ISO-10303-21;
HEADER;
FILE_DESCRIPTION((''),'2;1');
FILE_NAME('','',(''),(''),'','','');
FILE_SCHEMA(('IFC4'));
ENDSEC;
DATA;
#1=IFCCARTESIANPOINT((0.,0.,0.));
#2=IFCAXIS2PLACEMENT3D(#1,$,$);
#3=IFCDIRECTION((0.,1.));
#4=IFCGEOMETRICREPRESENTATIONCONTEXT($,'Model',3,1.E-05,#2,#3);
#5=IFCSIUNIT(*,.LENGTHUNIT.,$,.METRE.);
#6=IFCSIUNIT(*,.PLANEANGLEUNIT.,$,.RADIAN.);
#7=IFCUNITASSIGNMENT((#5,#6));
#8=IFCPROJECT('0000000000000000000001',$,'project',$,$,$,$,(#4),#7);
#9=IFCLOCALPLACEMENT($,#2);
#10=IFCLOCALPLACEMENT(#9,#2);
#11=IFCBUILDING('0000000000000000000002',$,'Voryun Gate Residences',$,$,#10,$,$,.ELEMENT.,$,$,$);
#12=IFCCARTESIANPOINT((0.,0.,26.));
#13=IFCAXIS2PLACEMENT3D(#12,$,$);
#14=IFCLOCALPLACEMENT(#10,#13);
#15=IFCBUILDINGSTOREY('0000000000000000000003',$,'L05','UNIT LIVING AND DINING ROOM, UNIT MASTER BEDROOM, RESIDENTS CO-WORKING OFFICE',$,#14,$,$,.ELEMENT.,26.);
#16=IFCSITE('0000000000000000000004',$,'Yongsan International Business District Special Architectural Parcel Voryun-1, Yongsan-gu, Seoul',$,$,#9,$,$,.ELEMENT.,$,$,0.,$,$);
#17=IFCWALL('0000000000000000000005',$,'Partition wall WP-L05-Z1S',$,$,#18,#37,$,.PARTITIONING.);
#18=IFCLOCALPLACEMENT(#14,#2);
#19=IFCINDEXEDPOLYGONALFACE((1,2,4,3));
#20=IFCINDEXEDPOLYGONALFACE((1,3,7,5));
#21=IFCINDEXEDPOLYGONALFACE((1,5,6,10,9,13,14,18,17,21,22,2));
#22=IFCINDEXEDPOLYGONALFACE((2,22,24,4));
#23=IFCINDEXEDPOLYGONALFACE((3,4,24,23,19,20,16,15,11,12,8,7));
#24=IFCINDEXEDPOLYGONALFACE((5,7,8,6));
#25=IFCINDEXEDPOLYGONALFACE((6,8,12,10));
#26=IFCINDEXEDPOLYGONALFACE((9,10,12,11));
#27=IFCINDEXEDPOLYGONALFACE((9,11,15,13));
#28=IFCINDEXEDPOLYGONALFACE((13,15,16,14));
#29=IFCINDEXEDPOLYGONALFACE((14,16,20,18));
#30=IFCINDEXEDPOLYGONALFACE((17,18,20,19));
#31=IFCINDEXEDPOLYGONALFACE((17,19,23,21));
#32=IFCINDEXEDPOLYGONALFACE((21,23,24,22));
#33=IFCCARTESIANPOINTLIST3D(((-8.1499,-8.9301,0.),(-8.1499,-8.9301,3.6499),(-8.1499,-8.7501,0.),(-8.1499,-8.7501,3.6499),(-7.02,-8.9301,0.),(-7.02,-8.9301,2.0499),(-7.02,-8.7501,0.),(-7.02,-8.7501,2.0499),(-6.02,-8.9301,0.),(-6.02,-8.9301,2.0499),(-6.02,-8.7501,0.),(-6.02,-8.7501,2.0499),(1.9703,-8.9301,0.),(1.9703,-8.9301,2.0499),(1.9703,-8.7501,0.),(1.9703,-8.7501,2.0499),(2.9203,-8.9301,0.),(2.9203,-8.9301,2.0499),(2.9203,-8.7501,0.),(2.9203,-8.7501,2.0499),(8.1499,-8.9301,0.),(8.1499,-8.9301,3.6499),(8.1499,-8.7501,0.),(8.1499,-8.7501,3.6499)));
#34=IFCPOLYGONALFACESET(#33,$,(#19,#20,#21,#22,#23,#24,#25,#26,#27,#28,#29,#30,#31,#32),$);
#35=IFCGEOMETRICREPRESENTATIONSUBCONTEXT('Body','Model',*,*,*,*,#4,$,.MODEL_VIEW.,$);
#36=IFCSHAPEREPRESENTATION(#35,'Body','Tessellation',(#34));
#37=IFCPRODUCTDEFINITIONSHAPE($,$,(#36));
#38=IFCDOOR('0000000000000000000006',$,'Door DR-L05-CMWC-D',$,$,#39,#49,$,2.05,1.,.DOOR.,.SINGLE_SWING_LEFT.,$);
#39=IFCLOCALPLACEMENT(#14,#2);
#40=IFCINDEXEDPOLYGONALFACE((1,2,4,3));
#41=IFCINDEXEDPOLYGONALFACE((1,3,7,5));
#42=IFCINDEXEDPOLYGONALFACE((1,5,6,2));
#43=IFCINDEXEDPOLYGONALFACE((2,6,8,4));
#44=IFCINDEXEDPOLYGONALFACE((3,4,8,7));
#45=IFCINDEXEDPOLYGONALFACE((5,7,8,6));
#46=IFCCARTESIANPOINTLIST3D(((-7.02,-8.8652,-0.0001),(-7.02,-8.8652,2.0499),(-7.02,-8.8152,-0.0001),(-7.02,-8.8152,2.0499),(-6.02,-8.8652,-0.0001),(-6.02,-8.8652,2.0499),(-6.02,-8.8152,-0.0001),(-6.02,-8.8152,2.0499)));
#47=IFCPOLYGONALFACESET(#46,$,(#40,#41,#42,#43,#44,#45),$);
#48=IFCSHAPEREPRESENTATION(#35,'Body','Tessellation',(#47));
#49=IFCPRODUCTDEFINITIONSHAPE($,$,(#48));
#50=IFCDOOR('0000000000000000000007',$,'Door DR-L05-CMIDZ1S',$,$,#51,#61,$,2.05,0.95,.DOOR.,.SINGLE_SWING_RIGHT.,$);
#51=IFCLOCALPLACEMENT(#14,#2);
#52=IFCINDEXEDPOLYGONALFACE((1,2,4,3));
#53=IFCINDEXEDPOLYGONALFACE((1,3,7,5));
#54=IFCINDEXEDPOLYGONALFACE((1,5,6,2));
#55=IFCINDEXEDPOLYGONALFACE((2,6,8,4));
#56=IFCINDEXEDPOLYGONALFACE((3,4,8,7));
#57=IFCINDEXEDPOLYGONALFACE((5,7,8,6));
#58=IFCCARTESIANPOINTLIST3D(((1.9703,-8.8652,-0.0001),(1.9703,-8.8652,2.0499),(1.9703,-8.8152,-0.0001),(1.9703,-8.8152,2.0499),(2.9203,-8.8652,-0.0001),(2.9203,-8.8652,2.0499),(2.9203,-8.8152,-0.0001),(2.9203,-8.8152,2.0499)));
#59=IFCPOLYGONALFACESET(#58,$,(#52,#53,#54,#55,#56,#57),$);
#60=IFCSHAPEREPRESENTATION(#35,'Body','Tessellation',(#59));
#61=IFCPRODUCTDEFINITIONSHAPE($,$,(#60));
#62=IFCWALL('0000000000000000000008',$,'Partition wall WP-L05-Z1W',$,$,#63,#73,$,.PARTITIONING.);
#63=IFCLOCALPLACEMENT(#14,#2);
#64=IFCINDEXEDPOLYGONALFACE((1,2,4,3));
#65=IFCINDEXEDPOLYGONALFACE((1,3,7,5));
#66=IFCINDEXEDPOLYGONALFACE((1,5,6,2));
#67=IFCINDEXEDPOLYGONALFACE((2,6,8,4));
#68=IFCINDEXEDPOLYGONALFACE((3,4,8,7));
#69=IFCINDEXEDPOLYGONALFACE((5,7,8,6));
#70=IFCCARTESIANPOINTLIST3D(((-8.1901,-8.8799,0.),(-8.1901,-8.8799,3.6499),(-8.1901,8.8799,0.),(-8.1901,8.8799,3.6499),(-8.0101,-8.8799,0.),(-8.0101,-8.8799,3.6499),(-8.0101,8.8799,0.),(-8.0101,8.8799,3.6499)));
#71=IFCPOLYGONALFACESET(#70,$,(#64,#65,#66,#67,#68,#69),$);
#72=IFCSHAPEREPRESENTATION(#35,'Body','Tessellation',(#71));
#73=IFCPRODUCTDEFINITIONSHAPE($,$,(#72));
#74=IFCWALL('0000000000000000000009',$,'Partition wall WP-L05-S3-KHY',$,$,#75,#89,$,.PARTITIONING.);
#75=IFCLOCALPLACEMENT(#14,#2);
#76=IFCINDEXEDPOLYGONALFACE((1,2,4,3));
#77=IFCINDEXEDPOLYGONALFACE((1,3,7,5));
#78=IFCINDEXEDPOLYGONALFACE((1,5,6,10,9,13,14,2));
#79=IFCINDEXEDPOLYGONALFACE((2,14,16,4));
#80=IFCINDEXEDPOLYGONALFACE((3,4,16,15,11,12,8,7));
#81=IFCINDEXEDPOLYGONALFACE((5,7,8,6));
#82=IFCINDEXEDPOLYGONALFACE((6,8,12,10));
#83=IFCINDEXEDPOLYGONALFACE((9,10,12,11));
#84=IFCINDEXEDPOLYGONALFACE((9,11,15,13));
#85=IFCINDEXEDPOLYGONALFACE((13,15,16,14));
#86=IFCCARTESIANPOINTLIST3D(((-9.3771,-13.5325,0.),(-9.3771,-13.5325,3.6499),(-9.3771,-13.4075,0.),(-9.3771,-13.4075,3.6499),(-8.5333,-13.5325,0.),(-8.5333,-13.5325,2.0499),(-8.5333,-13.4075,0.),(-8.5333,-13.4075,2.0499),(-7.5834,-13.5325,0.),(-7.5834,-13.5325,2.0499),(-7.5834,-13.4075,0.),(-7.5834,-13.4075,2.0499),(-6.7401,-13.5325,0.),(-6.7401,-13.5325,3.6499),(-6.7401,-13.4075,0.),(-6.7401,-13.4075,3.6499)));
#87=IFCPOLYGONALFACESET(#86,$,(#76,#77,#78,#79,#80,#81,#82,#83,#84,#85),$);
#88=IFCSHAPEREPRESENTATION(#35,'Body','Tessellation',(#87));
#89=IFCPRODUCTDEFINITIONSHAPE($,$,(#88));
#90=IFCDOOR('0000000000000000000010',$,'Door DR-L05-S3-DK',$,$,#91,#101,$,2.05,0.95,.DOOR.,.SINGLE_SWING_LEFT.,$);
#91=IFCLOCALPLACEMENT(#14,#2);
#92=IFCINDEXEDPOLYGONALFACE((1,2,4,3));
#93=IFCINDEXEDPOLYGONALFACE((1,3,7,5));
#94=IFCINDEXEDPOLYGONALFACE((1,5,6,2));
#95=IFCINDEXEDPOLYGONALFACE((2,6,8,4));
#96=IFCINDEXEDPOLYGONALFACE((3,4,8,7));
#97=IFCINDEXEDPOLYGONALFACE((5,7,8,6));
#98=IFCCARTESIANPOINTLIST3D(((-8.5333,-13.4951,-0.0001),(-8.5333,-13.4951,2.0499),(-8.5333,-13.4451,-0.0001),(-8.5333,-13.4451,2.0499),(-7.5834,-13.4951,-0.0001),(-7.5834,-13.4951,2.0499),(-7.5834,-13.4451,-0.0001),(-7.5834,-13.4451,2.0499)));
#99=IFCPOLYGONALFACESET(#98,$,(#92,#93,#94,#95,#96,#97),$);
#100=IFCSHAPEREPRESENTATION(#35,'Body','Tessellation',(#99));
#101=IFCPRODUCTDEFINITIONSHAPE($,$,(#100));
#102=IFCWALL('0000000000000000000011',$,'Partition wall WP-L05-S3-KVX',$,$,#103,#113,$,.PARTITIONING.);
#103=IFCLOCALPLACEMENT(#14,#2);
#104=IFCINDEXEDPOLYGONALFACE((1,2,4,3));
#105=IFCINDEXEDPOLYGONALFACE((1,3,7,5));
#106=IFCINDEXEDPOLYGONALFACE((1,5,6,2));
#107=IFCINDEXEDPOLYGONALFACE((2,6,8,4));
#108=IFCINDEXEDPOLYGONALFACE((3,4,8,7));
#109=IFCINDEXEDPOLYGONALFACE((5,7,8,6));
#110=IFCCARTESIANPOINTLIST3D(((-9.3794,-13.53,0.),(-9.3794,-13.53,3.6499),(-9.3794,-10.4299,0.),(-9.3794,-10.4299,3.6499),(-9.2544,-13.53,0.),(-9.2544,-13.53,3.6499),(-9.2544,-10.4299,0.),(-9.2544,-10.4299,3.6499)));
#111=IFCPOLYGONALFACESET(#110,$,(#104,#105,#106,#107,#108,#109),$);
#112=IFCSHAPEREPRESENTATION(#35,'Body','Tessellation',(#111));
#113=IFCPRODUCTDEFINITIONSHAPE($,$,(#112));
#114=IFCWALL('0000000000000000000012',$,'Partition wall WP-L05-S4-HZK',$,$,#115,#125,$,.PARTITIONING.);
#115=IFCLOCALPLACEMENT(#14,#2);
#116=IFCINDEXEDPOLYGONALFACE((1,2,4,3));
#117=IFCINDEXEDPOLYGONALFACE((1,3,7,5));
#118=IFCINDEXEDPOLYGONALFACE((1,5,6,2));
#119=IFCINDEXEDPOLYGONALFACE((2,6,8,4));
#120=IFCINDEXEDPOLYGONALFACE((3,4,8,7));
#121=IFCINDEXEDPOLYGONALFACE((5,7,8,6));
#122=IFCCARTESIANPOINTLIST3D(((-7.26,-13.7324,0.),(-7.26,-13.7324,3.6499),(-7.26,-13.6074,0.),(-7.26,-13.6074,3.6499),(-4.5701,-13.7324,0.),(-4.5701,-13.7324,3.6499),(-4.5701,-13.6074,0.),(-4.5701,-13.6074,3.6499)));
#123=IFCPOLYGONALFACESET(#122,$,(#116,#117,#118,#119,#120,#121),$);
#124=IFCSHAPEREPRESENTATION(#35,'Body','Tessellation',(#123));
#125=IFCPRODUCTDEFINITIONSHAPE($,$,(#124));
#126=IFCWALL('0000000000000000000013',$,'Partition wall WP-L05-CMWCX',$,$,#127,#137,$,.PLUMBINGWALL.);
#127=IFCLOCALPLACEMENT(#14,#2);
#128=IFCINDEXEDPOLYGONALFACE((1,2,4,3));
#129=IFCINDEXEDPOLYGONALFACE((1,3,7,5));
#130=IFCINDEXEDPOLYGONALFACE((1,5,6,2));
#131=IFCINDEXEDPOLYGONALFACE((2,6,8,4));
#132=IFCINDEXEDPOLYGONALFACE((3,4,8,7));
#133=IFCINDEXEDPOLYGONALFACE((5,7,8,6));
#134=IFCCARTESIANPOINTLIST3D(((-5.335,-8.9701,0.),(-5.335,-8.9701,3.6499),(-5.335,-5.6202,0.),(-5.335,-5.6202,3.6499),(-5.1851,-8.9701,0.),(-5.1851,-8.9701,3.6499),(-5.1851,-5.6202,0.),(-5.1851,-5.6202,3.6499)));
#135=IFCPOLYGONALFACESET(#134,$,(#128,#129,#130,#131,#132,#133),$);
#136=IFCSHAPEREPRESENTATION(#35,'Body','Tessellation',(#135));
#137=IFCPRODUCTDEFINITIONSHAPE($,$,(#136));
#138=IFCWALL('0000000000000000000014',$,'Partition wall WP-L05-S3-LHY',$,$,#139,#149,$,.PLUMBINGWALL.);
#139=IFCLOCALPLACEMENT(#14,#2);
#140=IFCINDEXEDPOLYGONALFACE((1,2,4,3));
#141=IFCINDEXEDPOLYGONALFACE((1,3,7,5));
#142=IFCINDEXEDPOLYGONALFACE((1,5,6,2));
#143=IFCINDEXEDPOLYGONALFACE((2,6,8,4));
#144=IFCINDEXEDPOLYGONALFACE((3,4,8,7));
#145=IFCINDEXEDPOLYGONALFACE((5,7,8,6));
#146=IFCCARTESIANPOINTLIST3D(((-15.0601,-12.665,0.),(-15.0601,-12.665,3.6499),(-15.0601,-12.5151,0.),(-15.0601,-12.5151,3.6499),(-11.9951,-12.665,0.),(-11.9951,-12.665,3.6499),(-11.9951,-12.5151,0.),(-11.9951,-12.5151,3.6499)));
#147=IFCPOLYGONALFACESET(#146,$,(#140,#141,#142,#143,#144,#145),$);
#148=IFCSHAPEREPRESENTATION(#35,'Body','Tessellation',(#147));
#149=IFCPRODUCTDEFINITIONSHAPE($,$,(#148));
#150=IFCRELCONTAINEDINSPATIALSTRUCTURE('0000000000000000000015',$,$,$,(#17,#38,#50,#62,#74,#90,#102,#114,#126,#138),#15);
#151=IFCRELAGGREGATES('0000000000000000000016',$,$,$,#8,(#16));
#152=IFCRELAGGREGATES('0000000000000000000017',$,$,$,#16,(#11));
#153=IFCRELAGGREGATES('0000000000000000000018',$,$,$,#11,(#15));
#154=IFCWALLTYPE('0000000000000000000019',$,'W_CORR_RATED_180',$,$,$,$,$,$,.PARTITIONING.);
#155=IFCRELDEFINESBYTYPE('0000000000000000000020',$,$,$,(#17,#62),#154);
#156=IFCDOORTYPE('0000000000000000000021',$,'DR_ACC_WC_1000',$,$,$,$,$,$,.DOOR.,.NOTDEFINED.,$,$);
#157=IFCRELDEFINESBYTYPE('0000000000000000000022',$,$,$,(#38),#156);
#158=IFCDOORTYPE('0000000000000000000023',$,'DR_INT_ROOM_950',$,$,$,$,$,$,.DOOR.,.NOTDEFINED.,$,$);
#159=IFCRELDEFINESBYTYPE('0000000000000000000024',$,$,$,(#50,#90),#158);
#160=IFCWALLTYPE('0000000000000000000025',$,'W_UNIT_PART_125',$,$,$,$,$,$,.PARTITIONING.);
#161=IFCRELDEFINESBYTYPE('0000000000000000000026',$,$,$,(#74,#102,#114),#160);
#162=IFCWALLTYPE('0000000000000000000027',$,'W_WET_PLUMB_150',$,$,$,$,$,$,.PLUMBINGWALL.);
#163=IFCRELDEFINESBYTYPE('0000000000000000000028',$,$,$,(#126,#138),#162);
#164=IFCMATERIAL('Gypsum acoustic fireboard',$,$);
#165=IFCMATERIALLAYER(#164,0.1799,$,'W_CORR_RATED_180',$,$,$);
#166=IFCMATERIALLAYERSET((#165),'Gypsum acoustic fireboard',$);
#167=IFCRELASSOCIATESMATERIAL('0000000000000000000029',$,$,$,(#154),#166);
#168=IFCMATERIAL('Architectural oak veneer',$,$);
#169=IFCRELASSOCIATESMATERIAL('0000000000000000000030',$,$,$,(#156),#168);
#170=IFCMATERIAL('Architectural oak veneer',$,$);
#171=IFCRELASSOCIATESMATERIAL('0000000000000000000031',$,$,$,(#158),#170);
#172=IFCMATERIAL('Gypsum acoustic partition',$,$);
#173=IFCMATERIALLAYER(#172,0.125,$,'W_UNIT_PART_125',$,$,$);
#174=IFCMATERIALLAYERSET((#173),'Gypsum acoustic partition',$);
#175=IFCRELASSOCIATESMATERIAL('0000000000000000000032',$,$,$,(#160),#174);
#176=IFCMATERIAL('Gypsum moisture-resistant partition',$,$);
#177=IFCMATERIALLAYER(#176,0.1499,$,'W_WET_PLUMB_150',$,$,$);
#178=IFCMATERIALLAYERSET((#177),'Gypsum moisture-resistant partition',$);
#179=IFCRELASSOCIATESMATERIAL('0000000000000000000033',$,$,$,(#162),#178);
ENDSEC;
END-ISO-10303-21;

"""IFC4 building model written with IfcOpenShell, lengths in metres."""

from ifc_helpers import new_model, si_unit, direction, frame, frame_2d, origin, place, context, subcontext, project, spatial, rectangle, extrude, material, layer, layer_set, type_object, element, fill, save


model = new_model("IFC4")

# Units and contexts
model_context = context("Model", 3, precision=1e-05, world=origin(), true_north=direction((0.0, 1.0)))
body_context = subcontext(model_context, "Body", "Model", "MODEL_VIEW")
ifc_project = project(units=[si_unit("LENGTHUNIT", "METRE"), si_unit("PLANEANGLEUNIT", "RADIAN")], contexts=[model_context])

# Site, building, storey
site_placement = place(None, origin())
site = spatial("IfcSite", under=ifc_project, at=site_placement, Name="Yongsan International Business District Special Architectural Parcel Voryun-1, Yongsan-gu, Seoul", CompositionType="ELEMENT", RefElevation=0.0)
building_placement = place(site_placement, origin())
building = spatial("IfcBuilding", under=site, at=building_placement, Name="Voryun Gate Residences", CompositionType="ELEMENT")
storey_placement = place(building_placement, frame((0.0, 0.0, 26.0)))
storey = spatial("IfcBuildingStorey", under=building, at=storey_placement, Name="L05", Description="UNIT LIVING AND DINING ROOM, UNIT MASTER BEDROOM, RESIDENTS CO-WORKING OFFICE", CompositionType="ELEMENT", Elevation=26.0)

# Shared definitions
ifc_material_1 = material(Name="Gypsum acoustic fireboard")
ifc_layer_1 = layer(ifc_material_1, 0.1799, Name="W_CORR_RATED_180")
ifc_layer_set_1 = layer_set([ifc_layer_1], Name="Gypsum acoustic fireboard")
wall_type_1 = type_object("IfcWallType", Name="W_CORR_RATED_180", PredefinedType="PARTITIONING", material=ifc_layer_set_1)

# Wall, openings, doors
wall_1_placement = place(storey_placement, frame((-8.1499, -8.8401, 0.0), z_axis=(0.0, 0.0, 1.0), x_axis=(1.0, 0.0, 0.0)))
wall_1 = element("IfcWall", 1, at=wall_1_placement, inside=storey, type_object=wall_type_1, Name="Partition wall WP-L05-Z1S", PredefinedType="PARTITIONING", context=body_context, shape_type="SweptSolid", body=[
    extrude(rectangle(XDim=16.2998, YDim=0.1799, at=frame_2d((8.1499, 0.0))), origin(), (0.0, 0.0, 1.0), 3.6499),
])
opening_1_placement = place(wall_1_placement, frame((1.1299, 0.0, 0.0)))
opening_1 = element("IfcOpeningElement", 2, at=opening_1_placement, cuts=wall_1, PredefinedType="OPENING", context=body_context, shape_type="SweptSolid", body=[
    extrude(rectangle(XDim=1.0, YDim=2.05, at=frame_2d((0.5, 1.0249))), frame((0.0, 0.0999, 0.0), z_axis=(0.0, -1.0, 0.0), x_axis=(1.0, 0.0, 0.0)), (0.0, 0.0, 1.0), 0.2),
])
opening_2_placement = place(wall_1_placement, frame((10.1201, 0.0, 0.0)))
opening_2 = element("IfcOpeningElement", 3, at=opening_2_placement, cuts=wall_1, PredefinedType="OPENING", context=body_context, shape_type="SweptSolid", body=[
    extrude(rectangle(XDim=0.95, YDim=2.05, at=frame_2d((0.4751, 1.0249))), frame((0.0, 0.0999, 0.0), z_axis=(0.0, -1.0, 0.0), x_axis=(1.0, 0.0, 0.0)), (0.0, 0.0, 1.0), 0.2),
])
ifc_material_2 = material(Name="Architectural oak veneer")
door_type_1 = type_object("IfcDoorType", Name="DR_ACC_WC_1000", OperationType="NOTDEFINED", PredefinedType="DOOR", material=ifc_material_2)
door_1_placement = place(opening_1_placement, origin())
door_1 = element("IfcDoor", 4, at=door_1_placement, inside=storey, type_object=door_type_1, Name="Door DR-L05-CMWC-D", OperationType="SINGLE_SWING_LEFT", OverallHeight=2.05, OverallWidth=1.0, PredefinedType="DOOR", context=body_context, shape_type="SweptSolid", body=[
    extrude(rectangle(XDim=1.0, YDim=2.05, at=frame_2d((0.5, 1.0249))), frame((0.0, 0.0249, 0.0), z_axis=(0.0, -1.0, 0.0), x_axis=(1.0, 0.0, 0.0)), (0.0, 0.0, 1.0), 0.05),
])
fill(opening_1, door_1)
ifc_material_3 = material(Name="Architectural oak veneer")
door_type_2 = type_object("IfcDoorType", Name="DR_INT_ROOM_950", OperationType="NOTDEFINED", PredefinedType="DOOR", material=ifc_material_3)
door_2_placement = place(opening_2_placement, origin())
door_2 = element("IfcDoor", 5, at=door_2_placement, inside=storey, type_object=door_type_2, Name="Door DR-L05-CMIDZ1S", OperationType="SINGLE_SWING_RIGHT", OverallHeight=2.05, OverallWidth=0.95, PredefinedType="DOOR", context=body_context, shape_type="SweptSolid", body=[
    extrude(rectangle(XDim=0.95, YDim=2.05, at=frame_2d((0.4751, 1.0249))), frame((0.0, 0.0249, 0.0), z_axis=(0.0, -1.0, 0.0), x_axis=(1.0, 0.0, 0.0)), (0.0, 0.0, 1.0), 0.05),
])
fill(opening_2, door_2)

# Wall
wall_2_placement = place(storey_placement, frame((-8.1001, -8.8799, 0.0), z_axis=(0.0, 0.0, 1.0), x_axis=(0.0, 1.0, 0.0)))
element("IfcWall", 6, at=wall_2_placement, inside=storey, type_object=wall_type_1, Name="Partition wall WP-L05-Z1W", PredefinedType="PARTITIONING", context=body_context, shape_type="SweptSolid", body=[
    extrude(rectangle(XDim=17.7598, YDim=0.1799, at=frame_2d((8.8799, 0.0))), origin(), (0.0, 0.0, 1.0), 3.6499),
])

# Wall, opening, door
ifc_material_4 = material(Name="Gypsum acoustic partition")
ifc_layer_2 = layer(ifc_material_4, 0.125, Name="W_UNIT_PART_125")
ifc_layer_set_2 = layer_set([ifc_layer_2], Name="Gypsum acoustic partition")
wall_type_2 = type_object("IfcWallType", Name="W_UNIT_PART_125", PredefinedType="PARTITIONING", material=ifc_layer_set_2)
wall_3_placement = place(storey_placement, frame((-9.377, -13.47, 0.0), z_axis=(0.0, 0.0, 1.0), x_axis=(1.0, 0.0, 0.0)))
wall_3 = element("IfcWall", 7, at=wall_3_placement, inside=storey, type_object=wall_type_2, Name="Partition wall WP-L05-S3-KHY", PredefinedType="PARTITIONING", context=body_context, shape_type="SweptSolid", body=[
    extrude(rectangle(XDim=2.637, YDim=0.125, at=frame_2d((1.3184, 0.0))), origin(), (0.0, 0.0, 1.0), 3.6499),
])
opening_3_placement = place(wall_3_placement, frame((0.8435, 0.0, 0.0)))
opening_3 = element("IfcOpeningElement", 8, at=opening_3_placement, cuts=wall_3, PredefinedType="OPENING", context=body_context, shape_type="SweptSolid", body=[
    extrude(rectangle(XDim=0.95, YDim=2.05, at=frame_2d((0.4751, 1.0249))), frame((0.0, 0.0725, 0.0), z_axis=(0.0, -1.0, 0.0), x_axis=(1.0, 0.0, 0.0)), (0.0, 0.0, 1.0), 0.145),
])
door_3_placement = place(opening_3_placement, origin())
door_3 = element("IfcDoor", 9, at=door_3_placement, inside=storey, type_object=door_type_2, Name="Door DR-L05-S3-DK", OperationType="SINGLE_SWING_LEFT", OverallHeight=2.05, OverallWidth=0.95, PredefinedType="DOOR", context=body_context, shape_type="SweptSolid", body=[
    extrude(rectangle(XDim=0.95, YDim=2.05, at=frame_2d((0.4751, 1.0249))), frame((0.0, 0.0249, 0.0), z_axis=(0.0, -1.0, 0.0), x_axis=(1.0, 0.0, 0.0)), (0.0, 0.0, 1.0), 0.05),
])
fill(opening_3, door_3)

# Walls
wall_4_placement = place(storey_placement, frame((-9.3169, -13.53, 0.0), z_axis=(0.0, 0.0, 1.0), x_axis=(0.0, 1.0, 0.0)))
element("IfcWall", 10, at=wall_4_placement, inside=storey, type_object=wall_type_2, Name="Partition wall WP-L05-S3-KVX", PredefinedType="PARTITIONING", context=body_context, shape_type="SweptSolid", body=[
    extrude(rectangle(XDim=3.1001, YDim=0.125, at=frame_2d((1.55, 0.0))), origin(), (0.0, 0.0, 1.0), 3.6499),
])
wall_5_placement = place(storey_placement, frame((-7.26, -13.6699, 0.0), z_axis=(0.0, 0.0, 1.0), x_axis=(1.0, 0.0, 0.0)))
element("IfcWall", 11, at=wall_5_placement, inside=storey, type_object=wall_type_2, Name="Partition wall WP-L05-S4-HZK", PredefinedType="PARTITIONING", context=body_context, shape_type="SweptSolid", body=[
    extrude(rectangle(XDim=2.6899, YDim=0.125, at=frame_2d((1.345, 0.0))), origin(), (0.0, 0.0, 1.0), 3.6499),
])
ifc_material_5 = material(Name="Gypsum moisture-resistant partition")
ifc_layer_3 = layer(ifc_material_5, 0.1499, Name="W_WET_PLUMB_150")
ifc_layer_set_3 = layer_set([ifc_layer_3], Name="Gypsum moisture-resistant partition")
wall_type_3 = type_object("IfcWallType", Name="W_WET_PLUMB_150", PredefinedType="PLUMBINGWALL", material=ifc_layer_set_3)
wall_6_placement = place(storey_placement, frame((-5.26, -8.97, 0.0), z_axis=(0.0, 0.0, 1.0), x_axis=(0.0, 1.0, 0.0)))
element("IfcWall", 12, at=wall_6_placement, inside=storey, type_object=wall_type_3, Name="Partition wall WP-L05-CMWCX", PredefinedType="PLUMBINGWALL", context=body_context, shape_type="SweptSolid", body=[
    extrude(rectangle(XDim=3.3499, YDim=0.1499, at=frame_2d((1.6748, 0.0))), origin(), (0.0, 0.0, 1.0), 3.6499),
])
wall_7_placement = place(storey_placement, frame((-15.0601, -12.5901, 0.0), z_axis=(0.0, 0.0, 1.0), x_axis=(1.0, 0.0, 0.0)))
element("IfcWall", 13, at=wall_7_placement, inside=storey, type_object=wall_type_3, Name="Partition wall WP-L05-S3-LHY", PredefinedType="PLUMBINGWALL", context=body_context, shape_type="SweptSolid", body=[
    extrude(rectangle(XDim=3.0649, YDim=0.1499, at=frame_2d((1.5325, 0.0))), origin(), (0.0, 0.0, 1.0), 3.6499),
])

save(model, "model.ifc")
